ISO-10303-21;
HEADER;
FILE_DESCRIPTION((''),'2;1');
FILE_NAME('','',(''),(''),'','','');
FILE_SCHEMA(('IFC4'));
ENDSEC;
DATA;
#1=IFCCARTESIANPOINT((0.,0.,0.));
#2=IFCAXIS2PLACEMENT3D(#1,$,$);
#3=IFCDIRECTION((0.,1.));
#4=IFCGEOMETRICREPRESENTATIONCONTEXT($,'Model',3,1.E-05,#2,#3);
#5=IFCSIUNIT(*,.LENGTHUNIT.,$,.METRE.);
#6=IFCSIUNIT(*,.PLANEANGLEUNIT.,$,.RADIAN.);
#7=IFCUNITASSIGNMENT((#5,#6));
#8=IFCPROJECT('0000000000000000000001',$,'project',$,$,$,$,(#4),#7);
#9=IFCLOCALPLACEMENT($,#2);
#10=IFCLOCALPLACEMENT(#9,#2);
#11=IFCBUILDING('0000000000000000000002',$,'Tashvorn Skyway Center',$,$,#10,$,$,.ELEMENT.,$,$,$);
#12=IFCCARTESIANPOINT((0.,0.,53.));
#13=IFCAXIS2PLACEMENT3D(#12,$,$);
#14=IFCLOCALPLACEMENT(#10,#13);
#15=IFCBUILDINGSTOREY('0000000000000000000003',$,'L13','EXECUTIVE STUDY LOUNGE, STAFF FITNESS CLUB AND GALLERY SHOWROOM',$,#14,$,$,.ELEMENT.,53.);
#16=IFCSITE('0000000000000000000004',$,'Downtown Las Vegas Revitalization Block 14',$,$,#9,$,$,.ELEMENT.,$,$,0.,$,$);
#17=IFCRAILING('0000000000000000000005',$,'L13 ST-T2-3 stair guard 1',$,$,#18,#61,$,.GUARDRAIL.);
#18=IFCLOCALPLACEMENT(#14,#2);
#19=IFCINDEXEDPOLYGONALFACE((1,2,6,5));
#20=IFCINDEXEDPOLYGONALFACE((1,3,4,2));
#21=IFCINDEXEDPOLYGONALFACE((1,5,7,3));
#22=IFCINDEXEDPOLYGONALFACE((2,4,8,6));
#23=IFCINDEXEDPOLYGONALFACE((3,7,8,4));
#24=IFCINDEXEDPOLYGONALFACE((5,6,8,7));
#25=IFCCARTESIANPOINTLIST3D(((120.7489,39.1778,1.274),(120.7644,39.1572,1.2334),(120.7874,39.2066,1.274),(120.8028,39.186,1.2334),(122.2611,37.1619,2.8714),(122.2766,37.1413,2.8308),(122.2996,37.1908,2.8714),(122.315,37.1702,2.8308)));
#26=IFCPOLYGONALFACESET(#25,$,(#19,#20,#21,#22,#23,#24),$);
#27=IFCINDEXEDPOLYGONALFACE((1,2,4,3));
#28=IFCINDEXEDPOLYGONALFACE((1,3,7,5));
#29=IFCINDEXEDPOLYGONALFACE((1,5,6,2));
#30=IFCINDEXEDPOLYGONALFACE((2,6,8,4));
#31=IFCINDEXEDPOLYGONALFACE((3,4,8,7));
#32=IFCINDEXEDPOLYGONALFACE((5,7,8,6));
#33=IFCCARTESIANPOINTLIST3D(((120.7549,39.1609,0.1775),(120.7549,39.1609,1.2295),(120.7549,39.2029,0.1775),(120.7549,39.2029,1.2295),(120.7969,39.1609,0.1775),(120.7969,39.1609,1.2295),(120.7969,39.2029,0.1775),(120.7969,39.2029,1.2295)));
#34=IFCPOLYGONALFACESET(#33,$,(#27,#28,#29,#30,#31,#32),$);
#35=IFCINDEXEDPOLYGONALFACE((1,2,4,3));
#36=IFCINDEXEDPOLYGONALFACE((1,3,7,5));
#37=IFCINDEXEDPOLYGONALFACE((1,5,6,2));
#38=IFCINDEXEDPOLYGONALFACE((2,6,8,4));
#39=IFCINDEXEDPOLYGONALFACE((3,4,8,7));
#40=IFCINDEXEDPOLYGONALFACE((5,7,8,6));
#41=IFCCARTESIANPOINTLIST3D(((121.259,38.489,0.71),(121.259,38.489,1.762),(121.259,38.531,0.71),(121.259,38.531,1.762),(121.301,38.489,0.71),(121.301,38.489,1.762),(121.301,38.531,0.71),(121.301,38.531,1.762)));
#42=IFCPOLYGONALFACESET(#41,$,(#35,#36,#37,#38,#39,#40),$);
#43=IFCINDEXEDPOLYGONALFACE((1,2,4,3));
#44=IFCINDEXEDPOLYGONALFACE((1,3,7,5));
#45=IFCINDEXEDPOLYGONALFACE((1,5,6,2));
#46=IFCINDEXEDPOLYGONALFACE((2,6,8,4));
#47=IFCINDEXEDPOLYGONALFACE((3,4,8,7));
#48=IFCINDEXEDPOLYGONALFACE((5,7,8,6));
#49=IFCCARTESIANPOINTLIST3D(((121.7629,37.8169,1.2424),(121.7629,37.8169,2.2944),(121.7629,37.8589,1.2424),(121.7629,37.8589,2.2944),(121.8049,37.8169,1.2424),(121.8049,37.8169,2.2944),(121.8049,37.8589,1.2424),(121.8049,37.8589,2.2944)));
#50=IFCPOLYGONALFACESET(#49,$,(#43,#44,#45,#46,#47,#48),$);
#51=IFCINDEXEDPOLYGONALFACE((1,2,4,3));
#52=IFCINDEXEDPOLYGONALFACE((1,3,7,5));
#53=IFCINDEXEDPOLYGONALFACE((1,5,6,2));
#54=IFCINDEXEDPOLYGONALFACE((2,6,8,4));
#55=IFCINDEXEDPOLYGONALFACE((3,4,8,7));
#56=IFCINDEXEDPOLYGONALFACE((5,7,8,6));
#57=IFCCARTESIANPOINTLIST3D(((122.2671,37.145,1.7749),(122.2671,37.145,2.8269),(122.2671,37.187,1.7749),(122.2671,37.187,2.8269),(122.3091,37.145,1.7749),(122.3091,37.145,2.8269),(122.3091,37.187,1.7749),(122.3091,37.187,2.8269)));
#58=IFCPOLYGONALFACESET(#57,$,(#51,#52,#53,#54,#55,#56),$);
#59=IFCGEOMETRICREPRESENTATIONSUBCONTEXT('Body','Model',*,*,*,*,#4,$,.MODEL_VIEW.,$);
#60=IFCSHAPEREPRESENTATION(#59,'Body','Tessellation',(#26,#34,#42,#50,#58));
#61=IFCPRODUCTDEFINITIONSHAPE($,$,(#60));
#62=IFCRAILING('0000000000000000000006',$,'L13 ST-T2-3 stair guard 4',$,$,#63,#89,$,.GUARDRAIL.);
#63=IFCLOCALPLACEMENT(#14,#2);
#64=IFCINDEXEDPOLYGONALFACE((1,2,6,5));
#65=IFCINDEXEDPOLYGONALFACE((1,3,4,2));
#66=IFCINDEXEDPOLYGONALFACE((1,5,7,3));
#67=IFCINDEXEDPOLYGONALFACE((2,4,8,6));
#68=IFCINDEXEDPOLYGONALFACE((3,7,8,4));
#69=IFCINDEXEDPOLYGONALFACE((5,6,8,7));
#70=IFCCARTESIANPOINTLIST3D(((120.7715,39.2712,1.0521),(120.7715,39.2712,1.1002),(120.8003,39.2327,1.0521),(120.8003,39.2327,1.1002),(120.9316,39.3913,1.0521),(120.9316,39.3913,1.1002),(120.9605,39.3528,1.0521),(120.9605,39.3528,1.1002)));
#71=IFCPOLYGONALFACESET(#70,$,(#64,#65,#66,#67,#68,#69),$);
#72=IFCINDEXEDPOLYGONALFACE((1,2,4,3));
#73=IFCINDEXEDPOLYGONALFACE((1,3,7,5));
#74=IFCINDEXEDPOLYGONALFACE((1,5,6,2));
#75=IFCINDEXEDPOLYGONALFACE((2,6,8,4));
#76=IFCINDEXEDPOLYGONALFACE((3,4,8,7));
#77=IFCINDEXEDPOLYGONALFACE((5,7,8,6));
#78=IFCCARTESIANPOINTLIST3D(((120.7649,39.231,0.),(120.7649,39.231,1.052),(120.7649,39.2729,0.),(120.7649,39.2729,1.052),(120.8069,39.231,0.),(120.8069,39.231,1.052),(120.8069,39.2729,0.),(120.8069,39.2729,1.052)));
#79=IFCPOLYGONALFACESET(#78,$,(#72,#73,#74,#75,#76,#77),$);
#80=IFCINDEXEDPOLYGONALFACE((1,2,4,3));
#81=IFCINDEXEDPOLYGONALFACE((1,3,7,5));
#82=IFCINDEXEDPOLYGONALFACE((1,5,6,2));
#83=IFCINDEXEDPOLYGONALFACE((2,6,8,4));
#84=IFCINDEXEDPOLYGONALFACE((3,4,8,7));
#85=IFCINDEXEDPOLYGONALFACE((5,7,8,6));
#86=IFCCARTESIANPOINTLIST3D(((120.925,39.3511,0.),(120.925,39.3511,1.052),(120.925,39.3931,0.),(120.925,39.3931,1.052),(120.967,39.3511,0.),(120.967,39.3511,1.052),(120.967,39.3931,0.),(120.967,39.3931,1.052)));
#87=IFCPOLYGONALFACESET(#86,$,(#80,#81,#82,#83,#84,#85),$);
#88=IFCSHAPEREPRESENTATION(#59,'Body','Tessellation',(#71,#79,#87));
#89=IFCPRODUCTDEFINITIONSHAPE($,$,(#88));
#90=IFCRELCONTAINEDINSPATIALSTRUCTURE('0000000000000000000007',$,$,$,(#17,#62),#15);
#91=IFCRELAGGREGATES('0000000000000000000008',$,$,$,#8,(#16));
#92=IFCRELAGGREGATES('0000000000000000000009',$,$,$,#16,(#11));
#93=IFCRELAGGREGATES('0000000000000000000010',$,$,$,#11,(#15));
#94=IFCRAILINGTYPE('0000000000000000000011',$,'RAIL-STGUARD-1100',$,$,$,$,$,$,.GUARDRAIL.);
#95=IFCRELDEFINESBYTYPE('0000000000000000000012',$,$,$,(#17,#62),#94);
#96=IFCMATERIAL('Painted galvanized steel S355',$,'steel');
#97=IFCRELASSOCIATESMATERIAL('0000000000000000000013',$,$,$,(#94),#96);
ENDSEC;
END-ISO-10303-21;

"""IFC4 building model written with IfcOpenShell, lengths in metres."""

from ifc_helpers import new_model, si_unit, direction, frame, origin, origin_2d, place, context, subcontext, project, spatial, rectangle, extrude, material, type_object, element, save


model = new_model("IFC4")

# Units and contexts
model_context = context("Model", 3, precision=1e-05, world=origin(), true_north=direction((0.0, 1.0)))
body_context = subcontext(model_context, "Body", "Model", "MODEL_VIEW")
ifc_project = project(units=[si_unit("LENGTHUNIT", "METRE"), si_unit("PLANEANGLEUNIT", "RADIAN")], contexts=[model_context])

# Site, building, storey
site_placement = place(None, origin())
site = spatial("IfcSite", under=ifc_project, at=site_placement, Name="Downtown Las Vegas Revitalization Block 14", CompositionType="ELEMENT", RefElevation=0.0)
building_placement = place(site_placement, origin())
building = spatial("IfcBuilding", under=site, at=building_placement, Name="Tashvorn Skyway Center", CompositionType="ELEMENT")
storey_placement = place(building_placement, frame((0.0, 0.0, 53.0)))
storey = spatial("IfcBuildingStorey", under=building, at=storey_placement, Name="L13", Description="EXECUTIVE STUDY LOUNGE, STAFF FITNESS CLUB AND GALLERY SHOWROOM", CompositionType="ELEMENT", Elevation=53.0)

# Railings
ifc_material_1 = material(Name="Painted galvanized steel S355", Category="steel")
railing_type_1 = type_object("IfcRailingType", Name="RAIL-STGUARD-1100", PredefinedType="GUARDRAIL", material=ifc_material_1)
railing_1_placement = place(storey_placement, frame((120.7759, 39.1819, 0.1775)))
element("IfcRailing", 1, at=railing_1_placement, inside=storey, type_object=railing_type_1, Name="L13 ST-T2-3 stair guard 1", PredefinedType="GUARDRAIL", context=body_context, shape_type="SweptSolid", body=[
    extrude(rectangle(XDim=0.0481, YDim=0.0481, at=origin_2d()), frame((0.0, 0.0, 1.0762), z_axis=(0.50683, -0.675636, 0.535387), x_axis=(0.799942, 0.600078, 0.0)), (0.0, 0.0, 1.0), 2.9836),
    extrude(rectangle(XDim=0.042, YDim=0.042, at=origin_2d()), origin(), (0.0, 0.0, 1.0), 1.052),
    extrude(rectangle(XDim=0.042, YDim=0.042, at=origin_2d()), frame((0.5042, -0.6719, 0.5325)), (0.0, 0.0, 1.0), 1.052),
    extrude(rectangle(XDim=0.042, YDim=0.042, at=origin_2d()), frame((1.0081, -1.344, 1.0649)), (0.0, 0.0, 1.0), 1.052),
    extrude(rectangle(XDim=0.042, YDim=0.042, at=origin_2d()), frame((1.5122, -2.0159, 1.5974)), (0.0, 0.0, 1.0), 1.052),
])
railing_2_placement = place(storey_placement, frame((120.7859, 39.252, 0.0)))
element("IfcRailing", 2, at=railing_2_placement, inside=storey, type_object=railing_type_1, Name="L13 ST-T2-3 stair guard 4", PredefinedType="GUARDRAIL", context=body_context, shape_type="SweptSolid", body=[
    extrude(rectangle(XDim=0.0481, YDim=0.0481, at=origin_2d()), frame((0.0, 0.0, 1.0762), z_axis=(0.8, 0.6, 0.0), x_axis=(-0.6, 0.8, 0.0)), (0.0, 0.0, 1.0), 0.2002),
    extrude(rectangle(XDim=0.042, YDim=0.042, at=origin_2d()), origin(), (0.0, 0.0, 1.0), 1.052),
    extrude(rectangle(XDim=0.042, YDim=0.042, at=origin_2d()), frame((0.1602, 0.1201, 0.0)), (0.0, 0.0, 1.0), 1.052),
])

save(model, "model.ifc")
